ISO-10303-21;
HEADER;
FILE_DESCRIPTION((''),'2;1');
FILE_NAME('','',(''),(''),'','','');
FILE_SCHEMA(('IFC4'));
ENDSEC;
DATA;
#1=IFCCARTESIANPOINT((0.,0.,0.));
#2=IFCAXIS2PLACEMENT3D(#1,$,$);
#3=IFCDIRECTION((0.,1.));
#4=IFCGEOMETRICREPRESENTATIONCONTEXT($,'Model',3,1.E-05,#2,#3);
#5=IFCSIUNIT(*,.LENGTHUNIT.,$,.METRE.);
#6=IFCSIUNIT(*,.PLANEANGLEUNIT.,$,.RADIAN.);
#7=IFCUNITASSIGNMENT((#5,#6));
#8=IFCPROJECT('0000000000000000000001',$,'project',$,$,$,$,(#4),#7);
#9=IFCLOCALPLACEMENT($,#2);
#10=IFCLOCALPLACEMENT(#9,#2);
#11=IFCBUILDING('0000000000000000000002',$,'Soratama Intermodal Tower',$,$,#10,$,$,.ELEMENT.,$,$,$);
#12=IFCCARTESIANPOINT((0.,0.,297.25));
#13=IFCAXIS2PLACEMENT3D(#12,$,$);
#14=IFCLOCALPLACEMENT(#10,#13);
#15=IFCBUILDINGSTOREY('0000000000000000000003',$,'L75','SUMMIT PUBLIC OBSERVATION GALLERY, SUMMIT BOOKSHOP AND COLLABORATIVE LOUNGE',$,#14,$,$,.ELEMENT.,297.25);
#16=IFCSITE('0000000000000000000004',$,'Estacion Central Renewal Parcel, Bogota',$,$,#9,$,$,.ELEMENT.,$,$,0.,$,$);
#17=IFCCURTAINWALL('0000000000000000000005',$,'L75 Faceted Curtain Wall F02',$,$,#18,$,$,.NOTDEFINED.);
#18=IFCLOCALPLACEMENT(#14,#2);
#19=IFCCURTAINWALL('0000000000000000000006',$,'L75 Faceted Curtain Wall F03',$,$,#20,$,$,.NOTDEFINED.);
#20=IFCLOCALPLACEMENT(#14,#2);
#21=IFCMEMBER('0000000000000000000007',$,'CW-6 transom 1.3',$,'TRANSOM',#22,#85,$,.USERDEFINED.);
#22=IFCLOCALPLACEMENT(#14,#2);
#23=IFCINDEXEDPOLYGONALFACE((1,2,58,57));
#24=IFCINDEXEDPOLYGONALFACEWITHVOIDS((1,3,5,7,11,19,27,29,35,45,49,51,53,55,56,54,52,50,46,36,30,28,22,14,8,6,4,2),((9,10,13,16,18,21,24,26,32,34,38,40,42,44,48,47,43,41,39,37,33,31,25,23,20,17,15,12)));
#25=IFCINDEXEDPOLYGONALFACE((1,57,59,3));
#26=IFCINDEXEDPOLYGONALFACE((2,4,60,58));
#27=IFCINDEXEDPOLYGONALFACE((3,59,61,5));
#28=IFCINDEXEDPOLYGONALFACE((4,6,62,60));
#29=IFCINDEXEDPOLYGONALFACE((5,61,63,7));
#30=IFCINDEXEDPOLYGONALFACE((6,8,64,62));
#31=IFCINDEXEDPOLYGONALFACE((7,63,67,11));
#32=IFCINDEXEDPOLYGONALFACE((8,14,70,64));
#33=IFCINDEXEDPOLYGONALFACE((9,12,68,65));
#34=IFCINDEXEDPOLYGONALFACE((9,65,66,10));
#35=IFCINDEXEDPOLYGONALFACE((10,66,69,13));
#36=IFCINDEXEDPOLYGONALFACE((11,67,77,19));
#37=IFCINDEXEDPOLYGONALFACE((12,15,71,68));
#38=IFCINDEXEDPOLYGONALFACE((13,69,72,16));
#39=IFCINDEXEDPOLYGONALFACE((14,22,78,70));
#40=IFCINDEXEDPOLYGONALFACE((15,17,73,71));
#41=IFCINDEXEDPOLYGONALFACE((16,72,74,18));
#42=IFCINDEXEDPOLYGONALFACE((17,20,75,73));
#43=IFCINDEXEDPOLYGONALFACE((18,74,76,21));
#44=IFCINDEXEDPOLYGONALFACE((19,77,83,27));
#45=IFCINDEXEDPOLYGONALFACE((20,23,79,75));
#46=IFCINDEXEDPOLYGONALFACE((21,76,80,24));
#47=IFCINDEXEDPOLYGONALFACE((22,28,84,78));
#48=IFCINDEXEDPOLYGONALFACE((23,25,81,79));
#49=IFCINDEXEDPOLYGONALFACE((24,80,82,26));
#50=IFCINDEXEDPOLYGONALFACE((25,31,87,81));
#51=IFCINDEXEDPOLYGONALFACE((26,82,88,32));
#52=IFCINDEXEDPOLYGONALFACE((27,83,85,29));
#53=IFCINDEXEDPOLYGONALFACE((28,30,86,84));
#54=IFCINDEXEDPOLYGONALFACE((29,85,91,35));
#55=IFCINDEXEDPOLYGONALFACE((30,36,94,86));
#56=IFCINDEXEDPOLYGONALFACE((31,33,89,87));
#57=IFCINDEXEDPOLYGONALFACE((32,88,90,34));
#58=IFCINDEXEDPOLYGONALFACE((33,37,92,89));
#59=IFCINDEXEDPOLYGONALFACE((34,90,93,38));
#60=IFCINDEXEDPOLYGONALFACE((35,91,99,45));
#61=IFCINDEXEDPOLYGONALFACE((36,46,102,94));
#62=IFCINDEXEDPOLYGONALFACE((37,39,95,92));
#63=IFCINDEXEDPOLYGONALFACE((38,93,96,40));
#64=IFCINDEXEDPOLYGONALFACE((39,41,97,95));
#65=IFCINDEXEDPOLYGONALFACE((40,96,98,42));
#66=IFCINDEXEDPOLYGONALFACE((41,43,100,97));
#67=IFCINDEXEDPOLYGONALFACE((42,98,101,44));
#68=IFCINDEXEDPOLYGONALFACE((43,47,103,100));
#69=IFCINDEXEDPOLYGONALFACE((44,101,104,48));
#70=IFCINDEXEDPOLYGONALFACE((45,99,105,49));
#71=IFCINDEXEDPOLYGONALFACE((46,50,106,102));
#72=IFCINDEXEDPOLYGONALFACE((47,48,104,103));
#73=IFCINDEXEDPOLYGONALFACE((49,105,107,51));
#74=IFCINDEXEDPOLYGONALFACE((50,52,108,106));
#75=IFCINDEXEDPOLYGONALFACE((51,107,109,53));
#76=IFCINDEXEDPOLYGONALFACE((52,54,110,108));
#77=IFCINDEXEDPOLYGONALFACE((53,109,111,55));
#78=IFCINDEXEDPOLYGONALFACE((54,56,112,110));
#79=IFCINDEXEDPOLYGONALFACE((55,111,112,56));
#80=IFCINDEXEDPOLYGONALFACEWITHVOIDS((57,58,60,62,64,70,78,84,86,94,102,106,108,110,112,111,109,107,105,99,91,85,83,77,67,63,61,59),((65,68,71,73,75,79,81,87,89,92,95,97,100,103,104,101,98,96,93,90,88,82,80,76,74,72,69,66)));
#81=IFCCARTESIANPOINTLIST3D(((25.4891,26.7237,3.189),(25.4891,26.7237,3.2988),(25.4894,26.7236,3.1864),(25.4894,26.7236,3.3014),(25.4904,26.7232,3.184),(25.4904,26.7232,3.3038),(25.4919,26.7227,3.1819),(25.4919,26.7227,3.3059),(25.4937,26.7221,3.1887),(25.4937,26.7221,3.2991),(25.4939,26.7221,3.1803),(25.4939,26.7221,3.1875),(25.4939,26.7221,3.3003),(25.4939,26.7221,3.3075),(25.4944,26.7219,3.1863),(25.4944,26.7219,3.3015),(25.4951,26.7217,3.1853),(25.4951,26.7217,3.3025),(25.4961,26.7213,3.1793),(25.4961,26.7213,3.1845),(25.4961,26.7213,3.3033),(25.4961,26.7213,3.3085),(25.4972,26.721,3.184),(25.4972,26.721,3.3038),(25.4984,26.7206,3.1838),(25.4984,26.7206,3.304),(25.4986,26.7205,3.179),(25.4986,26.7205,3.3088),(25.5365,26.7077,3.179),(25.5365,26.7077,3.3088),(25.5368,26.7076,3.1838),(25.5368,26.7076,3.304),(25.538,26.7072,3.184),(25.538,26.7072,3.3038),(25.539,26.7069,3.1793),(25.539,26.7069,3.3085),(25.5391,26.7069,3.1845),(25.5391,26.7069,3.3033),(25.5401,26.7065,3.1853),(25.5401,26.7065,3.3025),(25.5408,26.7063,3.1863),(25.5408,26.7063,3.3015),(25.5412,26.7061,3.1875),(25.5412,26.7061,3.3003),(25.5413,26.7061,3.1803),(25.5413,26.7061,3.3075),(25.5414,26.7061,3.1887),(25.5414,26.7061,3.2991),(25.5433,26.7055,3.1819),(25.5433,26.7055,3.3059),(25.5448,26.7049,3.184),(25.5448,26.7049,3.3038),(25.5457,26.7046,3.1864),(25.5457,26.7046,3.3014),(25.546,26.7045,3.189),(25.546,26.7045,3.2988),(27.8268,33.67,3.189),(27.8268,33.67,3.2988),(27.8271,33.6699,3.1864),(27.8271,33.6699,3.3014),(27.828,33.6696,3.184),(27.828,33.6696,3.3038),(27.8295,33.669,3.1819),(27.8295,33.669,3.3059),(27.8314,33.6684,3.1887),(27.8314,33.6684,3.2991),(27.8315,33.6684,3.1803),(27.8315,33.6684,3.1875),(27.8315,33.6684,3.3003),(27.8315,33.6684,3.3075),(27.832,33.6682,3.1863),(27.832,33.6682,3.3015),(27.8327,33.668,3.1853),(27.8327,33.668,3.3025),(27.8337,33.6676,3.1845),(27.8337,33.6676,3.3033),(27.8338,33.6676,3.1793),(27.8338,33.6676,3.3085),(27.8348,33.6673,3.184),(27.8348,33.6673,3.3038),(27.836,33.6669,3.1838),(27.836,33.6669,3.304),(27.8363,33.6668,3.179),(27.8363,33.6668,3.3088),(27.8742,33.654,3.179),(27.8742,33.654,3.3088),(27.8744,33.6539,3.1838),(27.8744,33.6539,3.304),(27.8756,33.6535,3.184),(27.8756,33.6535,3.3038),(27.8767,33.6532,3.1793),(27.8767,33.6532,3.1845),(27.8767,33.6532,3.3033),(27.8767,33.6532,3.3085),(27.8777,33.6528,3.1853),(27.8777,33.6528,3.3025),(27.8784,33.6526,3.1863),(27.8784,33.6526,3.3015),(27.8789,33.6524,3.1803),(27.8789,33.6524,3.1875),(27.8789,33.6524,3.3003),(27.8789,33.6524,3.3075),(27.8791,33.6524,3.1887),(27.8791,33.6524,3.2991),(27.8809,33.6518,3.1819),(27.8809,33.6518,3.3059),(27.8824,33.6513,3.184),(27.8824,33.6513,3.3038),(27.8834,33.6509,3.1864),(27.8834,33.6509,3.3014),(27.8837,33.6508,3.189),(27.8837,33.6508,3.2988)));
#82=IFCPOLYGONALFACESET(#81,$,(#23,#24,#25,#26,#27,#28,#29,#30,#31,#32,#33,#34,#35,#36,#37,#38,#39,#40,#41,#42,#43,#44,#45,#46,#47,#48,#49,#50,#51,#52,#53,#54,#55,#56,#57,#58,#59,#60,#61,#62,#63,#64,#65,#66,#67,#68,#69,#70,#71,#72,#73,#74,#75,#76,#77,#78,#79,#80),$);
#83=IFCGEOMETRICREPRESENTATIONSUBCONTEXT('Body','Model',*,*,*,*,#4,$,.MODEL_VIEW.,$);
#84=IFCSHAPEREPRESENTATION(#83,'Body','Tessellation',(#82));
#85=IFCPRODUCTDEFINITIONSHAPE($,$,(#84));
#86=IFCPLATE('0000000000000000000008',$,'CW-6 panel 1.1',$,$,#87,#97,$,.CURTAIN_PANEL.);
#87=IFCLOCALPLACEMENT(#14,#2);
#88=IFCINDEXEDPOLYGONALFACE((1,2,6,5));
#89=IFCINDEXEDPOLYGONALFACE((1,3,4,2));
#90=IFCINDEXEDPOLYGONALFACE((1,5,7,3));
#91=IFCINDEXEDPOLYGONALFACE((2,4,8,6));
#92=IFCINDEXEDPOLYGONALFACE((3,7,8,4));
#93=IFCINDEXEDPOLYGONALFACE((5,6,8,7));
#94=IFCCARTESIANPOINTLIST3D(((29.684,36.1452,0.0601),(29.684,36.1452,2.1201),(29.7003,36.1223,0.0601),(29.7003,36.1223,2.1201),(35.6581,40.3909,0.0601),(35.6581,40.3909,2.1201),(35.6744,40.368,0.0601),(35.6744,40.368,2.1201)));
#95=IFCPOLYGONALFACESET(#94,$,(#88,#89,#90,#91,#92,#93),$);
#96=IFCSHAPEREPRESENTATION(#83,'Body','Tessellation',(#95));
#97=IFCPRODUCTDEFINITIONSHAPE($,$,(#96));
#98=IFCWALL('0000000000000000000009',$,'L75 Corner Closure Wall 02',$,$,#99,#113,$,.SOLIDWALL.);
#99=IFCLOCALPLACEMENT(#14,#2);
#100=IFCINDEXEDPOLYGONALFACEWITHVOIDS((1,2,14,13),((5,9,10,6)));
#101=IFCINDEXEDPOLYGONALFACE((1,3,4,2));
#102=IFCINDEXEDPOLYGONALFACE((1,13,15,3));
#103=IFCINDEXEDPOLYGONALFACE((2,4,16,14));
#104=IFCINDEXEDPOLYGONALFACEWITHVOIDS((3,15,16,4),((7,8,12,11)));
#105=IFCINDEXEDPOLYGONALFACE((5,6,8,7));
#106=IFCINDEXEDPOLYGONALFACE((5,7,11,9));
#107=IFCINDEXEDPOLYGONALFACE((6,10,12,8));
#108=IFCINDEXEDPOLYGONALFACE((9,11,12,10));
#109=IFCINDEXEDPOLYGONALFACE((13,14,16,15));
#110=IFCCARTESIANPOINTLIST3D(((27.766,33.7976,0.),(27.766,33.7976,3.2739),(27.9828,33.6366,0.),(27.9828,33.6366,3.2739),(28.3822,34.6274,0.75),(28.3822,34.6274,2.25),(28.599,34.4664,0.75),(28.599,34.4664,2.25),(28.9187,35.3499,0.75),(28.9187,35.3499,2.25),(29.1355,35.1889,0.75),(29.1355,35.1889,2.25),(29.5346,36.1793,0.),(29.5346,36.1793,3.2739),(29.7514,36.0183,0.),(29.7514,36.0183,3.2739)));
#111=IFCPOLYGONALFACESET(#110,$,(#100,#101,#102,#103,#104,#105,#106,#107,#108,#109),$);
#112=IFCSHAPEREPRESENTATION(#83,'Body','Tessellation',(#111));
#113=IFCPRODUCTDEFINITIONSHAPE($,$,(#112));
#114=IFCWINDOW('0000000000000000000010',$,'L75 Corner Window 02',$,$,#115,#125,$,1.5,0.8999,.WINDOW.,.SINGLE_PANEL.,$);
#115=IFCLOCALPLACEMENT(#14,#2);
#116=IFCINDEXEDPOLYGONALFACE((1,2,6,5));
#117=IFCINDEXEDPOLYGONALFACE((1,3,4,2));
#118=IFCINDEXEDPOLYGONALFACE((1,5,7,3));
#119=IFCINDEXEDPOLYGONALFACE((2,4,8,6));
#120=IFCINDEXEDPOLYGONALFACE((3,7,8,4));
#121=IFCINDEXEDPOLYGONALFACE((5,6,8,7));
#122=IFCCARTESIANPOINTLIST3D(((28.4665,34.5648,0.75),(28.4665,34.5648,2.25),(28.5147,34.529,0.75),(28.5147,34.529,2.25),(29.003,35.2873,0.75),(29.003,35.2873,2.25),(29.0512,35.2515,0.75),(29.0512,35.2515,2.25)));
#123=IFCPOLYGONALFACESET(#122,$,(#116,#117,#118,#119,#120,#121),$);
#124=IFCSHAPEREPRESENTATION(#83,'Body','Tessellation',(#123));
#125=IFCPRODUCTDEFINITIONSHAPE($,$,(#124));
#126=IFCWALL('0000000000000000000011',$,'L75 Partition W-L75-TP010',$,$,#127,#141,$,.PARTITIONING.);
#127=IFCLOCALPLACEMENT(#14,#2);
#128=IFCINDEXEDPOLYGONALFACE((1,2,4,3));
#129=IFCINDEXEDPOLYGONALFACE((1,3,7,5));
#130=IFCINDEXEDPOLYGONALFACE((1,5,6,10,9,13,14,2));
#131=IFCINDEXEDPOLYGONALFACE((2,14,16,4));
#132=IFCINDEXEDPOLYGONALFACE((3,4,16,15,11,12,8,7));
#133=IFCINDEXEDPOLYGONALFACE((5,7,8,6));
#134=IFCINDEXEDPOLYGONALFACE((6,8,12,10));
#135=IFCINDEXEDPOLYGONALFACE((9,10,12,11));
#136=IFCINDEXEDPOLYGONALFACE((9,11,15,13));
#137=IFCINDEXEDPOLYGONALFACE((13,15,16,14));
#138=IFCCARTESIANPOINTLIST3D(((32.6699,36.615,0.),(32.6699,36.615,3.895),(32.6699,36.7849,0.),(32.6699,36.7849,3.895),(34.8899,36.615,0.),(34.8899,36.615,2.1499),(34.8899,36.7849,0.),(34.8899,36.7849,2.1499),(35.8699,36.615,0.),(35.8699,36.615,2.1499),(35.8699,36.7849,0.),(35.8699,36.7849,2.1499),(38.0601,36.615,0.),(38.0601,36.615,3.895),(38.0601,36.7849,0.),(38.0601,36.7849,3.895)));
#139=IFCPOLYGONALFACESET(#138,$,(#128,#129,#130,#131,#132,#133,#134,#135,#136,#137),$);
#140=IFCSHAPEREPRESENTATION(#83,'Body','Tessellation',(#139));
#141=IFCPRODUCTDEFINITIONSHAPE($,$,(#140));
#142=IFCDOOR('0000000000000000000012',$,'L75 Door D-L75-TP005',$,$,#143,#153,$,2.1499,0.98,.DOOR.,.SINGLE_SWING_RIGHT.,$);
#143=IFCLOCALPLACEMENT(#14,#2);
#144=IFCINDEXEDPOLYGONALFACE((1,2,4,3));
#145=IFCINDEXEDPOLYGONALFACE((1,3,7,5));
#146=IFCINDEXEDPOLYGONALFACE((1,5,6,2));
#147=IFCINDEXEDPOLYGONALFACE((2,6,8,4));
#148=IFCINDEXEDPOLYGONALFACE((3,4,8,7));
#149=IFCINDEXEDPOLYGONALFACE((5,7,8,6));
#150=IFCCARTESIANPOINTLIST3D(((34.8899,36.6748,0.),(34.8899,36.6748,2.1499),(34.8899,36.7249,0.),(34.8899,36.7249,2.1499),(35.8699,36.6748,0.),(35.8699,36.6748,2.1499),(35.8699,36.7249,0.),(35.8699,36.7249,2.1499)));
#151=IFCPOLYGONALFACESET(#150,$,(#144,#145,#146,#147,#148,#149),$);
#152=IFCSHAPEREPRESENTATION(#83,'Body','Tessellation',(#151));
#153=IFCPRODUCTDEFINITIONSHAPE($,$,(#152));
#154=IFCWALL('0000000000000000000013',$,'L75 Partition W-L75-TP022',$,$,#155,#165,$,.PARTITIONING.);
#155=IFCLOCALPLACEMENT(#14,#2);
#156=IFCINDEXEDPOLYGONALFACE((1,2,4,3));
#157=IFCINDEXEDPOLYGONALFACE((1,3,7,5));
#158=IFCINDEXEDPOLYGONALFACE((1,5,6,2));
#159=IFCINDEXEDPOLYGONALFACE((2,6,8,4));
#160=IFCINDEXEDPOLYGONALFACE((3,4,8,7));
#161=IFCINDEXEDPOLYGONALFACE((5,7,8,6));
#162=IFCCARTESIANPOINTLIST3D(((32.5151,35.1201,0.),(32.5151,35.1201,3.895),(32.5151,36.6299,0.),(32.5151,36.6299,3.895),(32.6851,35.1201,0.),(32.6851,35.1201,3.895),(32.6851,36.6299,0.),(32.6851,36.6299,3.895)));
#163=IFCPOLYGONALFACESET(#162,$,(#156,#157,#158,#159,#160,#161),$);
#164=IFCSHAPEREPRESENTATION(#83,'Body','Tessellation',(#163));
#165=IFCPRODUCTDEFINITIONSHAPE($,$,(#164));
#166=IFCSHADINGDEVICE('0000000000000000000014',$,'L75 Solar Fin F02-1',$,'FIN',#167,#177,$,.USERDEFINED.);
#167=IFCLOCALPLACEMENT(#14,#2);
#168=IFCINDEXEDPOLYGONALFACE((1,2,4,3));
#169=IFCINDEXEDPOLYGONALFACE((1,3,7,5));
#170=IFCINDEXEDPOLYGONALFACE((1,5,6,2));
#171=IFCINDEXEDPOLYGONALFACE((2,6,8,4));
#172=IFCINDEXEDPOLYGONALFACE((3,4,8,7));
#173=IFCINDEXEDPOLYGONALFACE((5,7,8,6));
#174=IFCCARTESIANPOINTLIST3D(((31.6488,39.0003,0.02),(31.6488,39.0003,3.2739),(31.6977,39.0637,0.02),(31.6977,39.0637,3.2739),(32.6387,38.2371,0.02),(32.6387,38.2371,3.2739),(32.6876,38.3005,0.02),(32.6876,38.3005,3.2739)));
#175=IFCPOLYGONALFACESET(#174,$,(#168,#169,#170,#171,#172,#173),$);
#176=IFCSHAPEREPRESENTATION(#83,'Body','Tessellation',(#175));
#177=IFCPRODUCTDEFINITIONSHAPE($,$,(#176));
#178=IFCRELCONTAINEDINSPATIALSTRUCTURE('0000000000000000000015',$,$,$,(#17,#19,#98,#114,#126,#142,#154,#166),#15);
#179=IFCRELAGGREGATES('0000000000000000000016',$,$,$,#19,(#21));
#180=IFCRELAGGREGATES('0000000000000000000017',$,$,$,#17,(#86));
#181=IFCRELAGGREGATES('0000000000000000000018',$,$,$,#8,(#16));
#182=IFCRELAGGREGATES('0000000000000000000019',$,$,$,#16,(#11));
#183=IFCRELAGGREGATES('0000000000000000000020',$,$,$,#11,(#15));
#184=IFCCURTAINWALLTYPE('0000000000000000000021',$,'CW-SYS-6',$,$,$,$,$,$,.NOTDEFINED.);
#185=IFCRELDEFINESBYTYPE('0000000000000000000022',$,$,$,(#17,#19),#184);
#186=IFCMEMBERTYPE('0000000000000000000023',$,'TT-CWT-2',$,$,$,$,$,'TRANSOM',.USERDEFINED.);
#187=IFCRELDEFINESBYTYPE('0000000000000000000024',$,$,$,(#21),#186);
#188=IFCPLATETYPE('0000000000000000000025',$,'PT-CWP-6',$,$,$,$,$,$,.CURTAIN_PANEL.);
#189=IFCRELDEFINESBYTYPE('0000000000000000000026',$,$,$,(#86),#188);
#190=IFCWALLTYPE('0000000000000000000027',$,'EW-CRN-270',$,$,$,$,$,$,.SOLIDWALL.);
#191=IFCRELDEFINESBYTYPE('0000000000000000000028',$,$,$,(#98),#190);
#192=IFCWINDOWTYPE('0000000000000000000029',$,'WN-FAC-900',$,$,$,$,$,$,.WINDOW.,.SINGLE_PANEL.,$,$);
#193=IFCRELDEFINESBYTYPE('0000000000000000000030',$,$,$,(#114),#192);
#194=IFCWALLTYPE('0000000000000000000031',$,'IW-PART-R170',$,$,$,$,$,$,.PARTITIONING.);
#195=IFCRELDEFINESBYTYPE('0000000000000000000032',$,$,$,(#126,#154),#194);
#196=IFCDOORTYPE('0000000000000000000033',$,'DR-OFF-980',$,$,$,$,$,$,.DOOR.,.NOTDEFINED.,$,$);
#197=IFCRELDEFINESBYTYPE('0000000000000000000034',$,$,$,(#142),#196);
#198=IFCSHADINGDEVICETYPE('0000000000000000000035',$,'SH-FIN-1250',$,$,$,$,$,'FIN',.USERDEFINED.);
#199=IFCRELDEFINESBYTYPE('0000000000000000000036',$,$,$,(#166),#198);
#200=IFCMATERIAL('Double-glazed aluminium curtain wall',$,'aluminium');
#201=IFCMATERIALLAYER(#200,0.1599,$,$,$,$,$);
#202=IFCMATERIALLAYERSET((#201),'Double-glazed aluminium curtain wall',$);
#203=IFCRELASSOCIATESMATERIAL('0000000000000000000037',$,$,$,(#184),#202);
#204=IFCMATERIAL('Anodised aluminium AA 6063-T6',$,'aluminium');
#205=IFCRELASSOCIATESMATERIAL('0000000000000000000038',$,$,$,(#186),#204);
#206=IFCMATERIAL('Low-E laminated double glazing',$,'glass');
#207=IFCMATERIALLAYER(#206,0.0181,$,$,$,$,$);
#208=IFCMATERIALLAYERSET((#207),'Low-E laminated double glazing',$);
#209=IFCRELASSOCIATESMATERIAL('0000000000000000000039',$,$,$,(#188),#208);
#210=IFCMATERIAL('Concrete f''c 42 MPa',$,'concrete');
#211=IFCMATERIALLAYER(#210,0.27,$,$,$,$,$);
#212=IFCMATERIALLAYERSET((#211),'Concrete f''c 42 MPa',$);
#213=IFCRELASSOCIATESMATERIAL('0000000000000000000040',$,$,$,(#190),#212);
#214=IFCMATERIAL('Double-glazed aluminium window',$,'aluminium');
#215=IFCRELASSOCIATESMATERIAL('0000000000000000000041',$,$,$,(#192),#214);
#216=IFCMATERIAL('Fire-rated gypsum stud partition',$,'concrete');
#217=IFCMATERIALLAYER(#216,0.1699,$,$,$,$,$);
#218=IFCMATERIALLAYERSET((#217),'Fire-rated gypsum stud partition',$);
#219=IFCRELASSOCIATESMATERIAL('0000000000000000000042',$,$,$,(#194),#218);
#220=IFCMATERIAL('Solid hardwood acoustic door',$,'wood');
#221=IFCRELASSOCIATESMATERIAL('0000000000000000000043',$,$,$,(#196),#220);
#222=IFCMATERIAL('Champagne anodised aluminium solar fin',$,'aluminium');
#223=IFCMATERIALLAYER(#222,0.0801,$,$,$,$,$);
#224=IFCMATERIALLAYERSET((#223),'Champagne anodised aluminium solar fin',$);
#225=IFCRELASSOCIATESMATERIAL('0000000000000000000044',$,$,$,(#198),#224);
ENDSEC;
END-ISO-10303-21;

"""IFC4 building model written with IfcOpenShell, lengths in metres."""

from ifc_helpers import new_model, si_unit, direction, frame, frame_2d, origin, origin_2d, place, context, subcontext, project, spatial, rectangle, hollow_rectangle, extrude, material, layer, layer_set, material_profile, profile_set, type_object, element, fill, aggregate, save


model = new_model("IFC4")

# Units and contexts
model_context = context("Model", 3, precision=1e-05, world=origin(), true_north=direction((0.0, 1.0)))
body_context = subcontext(model_context, "Body", "Model", "MODEL_VIEW")
ifc_project = project(units=[si_unit("LENGTHUNIT", "METRE"), si_unit("PLANEANGLEUNIT", "RADIAN")], contexts=[model_context])

# Site, building, storey
site_placement = place(None, origin())
site = spatial("IfcSite", under=ifc_project, at=site_placement, Name="Estacion Central Renewal Parcel, Bogota", CompositionType="ELEMENT", RefElevation=0.0)
building_placement = place(site_placement, origin())
building = spatial("IfcBuilding", under=site, at=building_placement, Name="Soratama Intermodal Tower", CompositionType="ELEMENT")
storey_placement = place(building_placement, frame((0.0, 0.0, 297.25)))
storey = spatial("IfcBuildingStorey", under=building, at=storey_placement, Name="L75", Description="SUMMIT PUBLIC OBSERVATION GALLERY, SUMMIT BOOKSHOP AND COLLABORATIVE LOUNGE", CompositionType="ELEMENT", Elevation=297.25)

# Curtain wall
ifc_material_1 = material(Name="Double-glazed aluminium curtain wall", Category="aluminium")
ifc_layer_1 = layer(ifc_material_1, 0.1599)
ifc_layer_set_1 = layer_set([ifc_layer_1], Name="Double-glazed aluminium curtain wall")
curtain_wall_type = type_object("IfcCurtainWallType", Name="CW-SYS-6", PredefinedType="NOTDEFINED", material=ifc_layer_set_1)
curtain_wall_1_placement = place(storey_placement, origin())
curtain_wall_1 = element("IfcCurtainWall", 1, at=curtain_wall_1_placement, inside=storey, type_object=curtain_wall_type, Name="L75 Faceted Curtain Wall F02", PredefinedType="NOTDEFINED")

# Curtain wall, member
curtain_wall_2_placement = place(storey_placement, origin())
curtain_wall_2 = element("IfcCurtainWall", 2, at=curtain_wall_2_placement, inside=storey, type_object=curtain_wall_type, Name="L75 Faceted Curtain Wall F03", PredefinedType="NOTDEFINED")
ifc_material_2 = material(Name="Anodised aluminium AA 6063-T6", Category="aluminium")
ifc_material_profile_1 = material_profile(ifc_material_2, hollow_rectangle(XDim=0.0601, YDim=0.1299, WallThickness=0.0049, InnerFilletRadius=0.0049, OuterFilletRadius=0.01, at=origin_2d()), Name="CWT130X60X5")
ifc_profile_set_1 = profile_set([ifc_material_profile_1], Name="Anodised aluminium AA 6063-T6")
member_type_1 = type_object("IfcMemberType", Name="TT-CWT-2", ElementType="TRANSOM", PredefinedType="USERDEFINED", material=ifc_profile_set_1)
member_1_placement = place(storey_placement, frame((27.8552, 33.6604, 3.2439), z_axis=(-0.318955, -0.94777, 0.0), x_axis=(0.94777, -0.318955, 0.0)))
member_1 = element("IfcMember", 3, at=member_1_placement, type_object=member_type_1, Name="CW-6 transom 1.3", ObjectType="TRANSOM", PredefinedType="USERDEFINED", context=body_context, shape_type="SweptSolid", body=[
    extrude(hollow_rectangle(XDim=0.0601, YDim=0.1299, WallThickness=0.0049, InnerFilletRadius=0.0049, OuterFilletRadius=0.01, at=origin_2d()), origin(), (0.0, 0.0, 1.0), 7.3291),
])
aggregate(curtain_wall_2, [member_1])

# Plate
ifc_material_3 = material(Name="Low-E laminated double glazing", Category="glass")
ifc_layer_2 = layer(ifc_material_3, 0.0181)
ifc_layer_set_2 = layer_set([ifc_layer_2], Name="Low-E laminated double glazing")
plate_type = type_object("IfcPlateType", Name="PT-CWP-6", PredefinedType="CURTAIN_PANEL", material=ifc_layer_set_2)
plate_placement = place(storey_placement, frame((32.6792, 38.2566, 0.0601), z_axis=(0.0, 0.0, 1.0), x_axis=(-0.815124, -0.579286, 0.0)))
plate = element("IfcPlate", 4, at=plate_placement, type_object=plate_type, Name="CW-6 panel 1.1", PredefinedType="CURTAIN_PANEL", context=body_context, shape_type="SweptSolid", body=[
    extrude(rectangle(XDim=7.3291, YDim=0.0281, at=origin_2d()), origin(), (0.0, 0.0, 1.0), 2.0601),
])
aggregate(curtain_wall_1, [plate])

# Wall, opening, window
ifc_material_4 = material(Name="Concrete f'c 42 MPa", Category="concrete")
ifc_layer_3 = layer(ifc_material_4, 0.27)
ifc_layer_set_3 = layer_set([ifc_layer_3], Name="Concrete f'c 42 MPa")
wall_type_1 = type_object("IfcWallType", Name="EW-CRN-270", PredefinedType="SOLIDWALL", material=ifc_layer_set_3)
wall_1_placement = place(storey_placement, frame((29.6431, 36.0989, 0.0), z_axis=(0.0, 0.0, 1.0), x_axis=(-0.596188, -0.802845, 0.0)))
wall_1 = element("IfcWall", 5, at=wall_1_placement, inside=storey, type_object=wall_type_1, Name="L75 Corner Closure Wall 02", PredefinedType="SOLIDWALL", context=body_context, shape_type="SweptSolid", body=[
    extrude(rectangle(XDim=2.9666, YDim=0.27, at=frame_2d((1.4834, 0.0))), origin(), (0.0, 0.0, 1.0), 3.2739),
])
opening_1_placement = place(wall_1_placement, frame((1.0332, 0.0, 0.75)))
opening_1 = element("IfcOpeningElement", 6, at=opening_1_placement, cuts=wall_1, PredefinedType="OPENING", context=body_context, shape_type="SweptSolid", body=[
    extrude(rectangle(XDim=0.8999, YDim=1.5, at=frame_2d((0.45, 0.75))), frame((0.0, 0.145, 0.0), z_axis=(0.0, -1.0, 0.0), x_axis=(1.0, 0.0, 0.0)), (0.0, 0.0, 1.0), 0.29),
])
ifc_material_5 = material(Name="Double-glazed aluminium window", Category="aluminium")
window_type = type_object("IfcWindowType", Name="WN-FAC-900", PartitioningType="SINGLE_PANEL", PredefinedType="WINDOW", material=ifc_material_5)
window_placement = place(opening_1_placement, origin())
window = element("IfcWindow", 7, at=window_placement, inside=storey, type_object=window_type, Name="L75 Corner Window 02", OverallHeight=1.5, OverallWidth=0.8999, PartitioningType="SINGLE_PANEL", PredefinedType="WINDOW", context=body_context, shape_type="SweptSolid", body=[
    extrude(rectangle(XDim=0.8999, YDim=1.5, at=frame_2d((0.45, 0.75))), frame((0.0, 0.03, 0.0), z_axis=(0.0, -1.0, 0.0), x_axis=(1.0, 0.0, 0.0)), (0.0, 0.0, 1.0), 0.0601),
])
fill(opening_1, window)

# Wall, opening, door
ifc_material_6 = material(Name="Fire-rated gypsum stud partition", Category="concrete")
ifc_layer_4 = layer(ifc_material_6, 0.1699)
ifc_layer_set_4 = layer_set([ifc_layer_4], Name="Fire-rated gypsum stud partition")
wall_type_2 = type_object("IfcWallType", Name="IW-PART-R170", PredefinedType="PARTITIONING", material=ifc_layer_set_4)
wall_2_placement = place(storey_placement, frame((32.6699, 36.7, 0.0), z_axis=(0.0, 0.0, 1.0), x_axis=(1.0, 0.0, 0.0)))
wall_2 = element("IfcWall", 8, at=wall_2_placement, inside=storey, type_object=wall_type_2, Name="L75 Partition W-L75-TP010", PredefinedType="PARTITIONING", context=body_context, shape_type="SweptSolid", body=[
    extrude(rectangle(XDim=5.3901, YDim=0.1699, at=frame_2d((2.6951, 0.0))), origin(), (0.0, 0.0, 1.0), 3.895),
])
opening_2_placement = place(wall_2_placement, frame((2.22, 0.0, 0.0)))
opening_2 = element("IfcOpeningElement", 9, at=opening_2_placement, cuts=wall_2, PredefinedType="OPENING", context=body_context, shape_type="SweptSolid", body=[
    extrude(rectangle(XDim=0.98, YDim=2.1499, at=frame_2d((0.49, 1.075))), frame((0.0, 0.095, 0.0), z_axis=(0.0, -1.0, 0.0), x_axis=(1.0, 0.0, 0.0)), (0.0, 0.0, 1.0), 0.1899),
])
ifc_material_7 = material(Name="Solid hardwood acoustic door", Category="wood")
door_type = type_object("IfcDoorType", Name="DR-OFF-980", OperationType="NOTDEFINED", PredefinedType="DOOR", material=ifc_material_7)
door_placement = place(opening_2_placement, origin())
door = element("IfcDoor", 10, at=door_placement, inside=storey, type_object=door_type, Name="L75 Door D-L75-TP005", OperationType="SINGLE_SWING_RIGHT", OverallHeight=2.1499, OverallWidth=0.98, PredefinedType="DOOR", context=body_context, shape_type="SweptSolid", body=[
    extrude(rectangle(XDim=0.98, YDim=2.1499, at=frame_2d((0.49, 1.075))), frame((0.0, 0.0249, 0.0), z_axis=(0.0, -1.0, 0.0), x_axis=(1.0, 0.0, 0.0)), (0.0, 0.0, 1.0), 0.05),
])
fill(opening_2, door)

# Wall
wall_3_placement = place(storey_placement, frame((32.6001, 35.1201, 0.0), z_axis=(0.0, 0.0, 1.0), x_axis=(0.0, 1.0, 0.0)))
element("IfcWall", 11, at=wall_3_placement, inside=storey, type_object=wall_type_2, Name="L75 Partition W-L75-TP022", PredefinedType="PARTITIONING", context=body_context, shape_type="SweptSolid", body=[
    extrude(rectangle(XDim=1.5098, YDim=0.1699, at=frame_2d((0.7549, 0.0))), origin(), (0.0, 0.0, 1.0), 3.895),
])

# Shading device
ifc_material_8 = material(Name="Champagne anodised aluminium solar fin", Category="aluminium")
ifc_layer_5 = layer(ifc_material_8, 0.0801)
ifc_layer_set_5 = layer_set([ifc_layer_5], Name="Champagne anodised aluminium solar fin")
shading_device_type = type_object("IfcShadingDeviceType", Name="SH-FIN-1250", ElementType="FIN", PredefinedType="USERDEFINED", material=ifc_layer_set_5)
shading_device_placement = place(storey_placement, frame((32.1682, 38.6504, 0.02), z_axis=(0.0, 0.0, 1.0), x_axis=(-0.79197, 0.61056, 0.0)))
element("IfcShadingDevice", 12, at=shading_device_placement, inside=storey, type_object=shading_device_type, Name="L75 Solar Fin F02-1", ObjectType="FIN", PredefinedType="USERDEFINED", context=body_context, shape_type="SweptSolid", body=[
    extrude(rectangle(XDim=1.25, YDim=0.0801, at=origin_2d()), origin(), (0.0, 0.0, 1.0), 3.2539),
])

save(model, "model.ifc")
